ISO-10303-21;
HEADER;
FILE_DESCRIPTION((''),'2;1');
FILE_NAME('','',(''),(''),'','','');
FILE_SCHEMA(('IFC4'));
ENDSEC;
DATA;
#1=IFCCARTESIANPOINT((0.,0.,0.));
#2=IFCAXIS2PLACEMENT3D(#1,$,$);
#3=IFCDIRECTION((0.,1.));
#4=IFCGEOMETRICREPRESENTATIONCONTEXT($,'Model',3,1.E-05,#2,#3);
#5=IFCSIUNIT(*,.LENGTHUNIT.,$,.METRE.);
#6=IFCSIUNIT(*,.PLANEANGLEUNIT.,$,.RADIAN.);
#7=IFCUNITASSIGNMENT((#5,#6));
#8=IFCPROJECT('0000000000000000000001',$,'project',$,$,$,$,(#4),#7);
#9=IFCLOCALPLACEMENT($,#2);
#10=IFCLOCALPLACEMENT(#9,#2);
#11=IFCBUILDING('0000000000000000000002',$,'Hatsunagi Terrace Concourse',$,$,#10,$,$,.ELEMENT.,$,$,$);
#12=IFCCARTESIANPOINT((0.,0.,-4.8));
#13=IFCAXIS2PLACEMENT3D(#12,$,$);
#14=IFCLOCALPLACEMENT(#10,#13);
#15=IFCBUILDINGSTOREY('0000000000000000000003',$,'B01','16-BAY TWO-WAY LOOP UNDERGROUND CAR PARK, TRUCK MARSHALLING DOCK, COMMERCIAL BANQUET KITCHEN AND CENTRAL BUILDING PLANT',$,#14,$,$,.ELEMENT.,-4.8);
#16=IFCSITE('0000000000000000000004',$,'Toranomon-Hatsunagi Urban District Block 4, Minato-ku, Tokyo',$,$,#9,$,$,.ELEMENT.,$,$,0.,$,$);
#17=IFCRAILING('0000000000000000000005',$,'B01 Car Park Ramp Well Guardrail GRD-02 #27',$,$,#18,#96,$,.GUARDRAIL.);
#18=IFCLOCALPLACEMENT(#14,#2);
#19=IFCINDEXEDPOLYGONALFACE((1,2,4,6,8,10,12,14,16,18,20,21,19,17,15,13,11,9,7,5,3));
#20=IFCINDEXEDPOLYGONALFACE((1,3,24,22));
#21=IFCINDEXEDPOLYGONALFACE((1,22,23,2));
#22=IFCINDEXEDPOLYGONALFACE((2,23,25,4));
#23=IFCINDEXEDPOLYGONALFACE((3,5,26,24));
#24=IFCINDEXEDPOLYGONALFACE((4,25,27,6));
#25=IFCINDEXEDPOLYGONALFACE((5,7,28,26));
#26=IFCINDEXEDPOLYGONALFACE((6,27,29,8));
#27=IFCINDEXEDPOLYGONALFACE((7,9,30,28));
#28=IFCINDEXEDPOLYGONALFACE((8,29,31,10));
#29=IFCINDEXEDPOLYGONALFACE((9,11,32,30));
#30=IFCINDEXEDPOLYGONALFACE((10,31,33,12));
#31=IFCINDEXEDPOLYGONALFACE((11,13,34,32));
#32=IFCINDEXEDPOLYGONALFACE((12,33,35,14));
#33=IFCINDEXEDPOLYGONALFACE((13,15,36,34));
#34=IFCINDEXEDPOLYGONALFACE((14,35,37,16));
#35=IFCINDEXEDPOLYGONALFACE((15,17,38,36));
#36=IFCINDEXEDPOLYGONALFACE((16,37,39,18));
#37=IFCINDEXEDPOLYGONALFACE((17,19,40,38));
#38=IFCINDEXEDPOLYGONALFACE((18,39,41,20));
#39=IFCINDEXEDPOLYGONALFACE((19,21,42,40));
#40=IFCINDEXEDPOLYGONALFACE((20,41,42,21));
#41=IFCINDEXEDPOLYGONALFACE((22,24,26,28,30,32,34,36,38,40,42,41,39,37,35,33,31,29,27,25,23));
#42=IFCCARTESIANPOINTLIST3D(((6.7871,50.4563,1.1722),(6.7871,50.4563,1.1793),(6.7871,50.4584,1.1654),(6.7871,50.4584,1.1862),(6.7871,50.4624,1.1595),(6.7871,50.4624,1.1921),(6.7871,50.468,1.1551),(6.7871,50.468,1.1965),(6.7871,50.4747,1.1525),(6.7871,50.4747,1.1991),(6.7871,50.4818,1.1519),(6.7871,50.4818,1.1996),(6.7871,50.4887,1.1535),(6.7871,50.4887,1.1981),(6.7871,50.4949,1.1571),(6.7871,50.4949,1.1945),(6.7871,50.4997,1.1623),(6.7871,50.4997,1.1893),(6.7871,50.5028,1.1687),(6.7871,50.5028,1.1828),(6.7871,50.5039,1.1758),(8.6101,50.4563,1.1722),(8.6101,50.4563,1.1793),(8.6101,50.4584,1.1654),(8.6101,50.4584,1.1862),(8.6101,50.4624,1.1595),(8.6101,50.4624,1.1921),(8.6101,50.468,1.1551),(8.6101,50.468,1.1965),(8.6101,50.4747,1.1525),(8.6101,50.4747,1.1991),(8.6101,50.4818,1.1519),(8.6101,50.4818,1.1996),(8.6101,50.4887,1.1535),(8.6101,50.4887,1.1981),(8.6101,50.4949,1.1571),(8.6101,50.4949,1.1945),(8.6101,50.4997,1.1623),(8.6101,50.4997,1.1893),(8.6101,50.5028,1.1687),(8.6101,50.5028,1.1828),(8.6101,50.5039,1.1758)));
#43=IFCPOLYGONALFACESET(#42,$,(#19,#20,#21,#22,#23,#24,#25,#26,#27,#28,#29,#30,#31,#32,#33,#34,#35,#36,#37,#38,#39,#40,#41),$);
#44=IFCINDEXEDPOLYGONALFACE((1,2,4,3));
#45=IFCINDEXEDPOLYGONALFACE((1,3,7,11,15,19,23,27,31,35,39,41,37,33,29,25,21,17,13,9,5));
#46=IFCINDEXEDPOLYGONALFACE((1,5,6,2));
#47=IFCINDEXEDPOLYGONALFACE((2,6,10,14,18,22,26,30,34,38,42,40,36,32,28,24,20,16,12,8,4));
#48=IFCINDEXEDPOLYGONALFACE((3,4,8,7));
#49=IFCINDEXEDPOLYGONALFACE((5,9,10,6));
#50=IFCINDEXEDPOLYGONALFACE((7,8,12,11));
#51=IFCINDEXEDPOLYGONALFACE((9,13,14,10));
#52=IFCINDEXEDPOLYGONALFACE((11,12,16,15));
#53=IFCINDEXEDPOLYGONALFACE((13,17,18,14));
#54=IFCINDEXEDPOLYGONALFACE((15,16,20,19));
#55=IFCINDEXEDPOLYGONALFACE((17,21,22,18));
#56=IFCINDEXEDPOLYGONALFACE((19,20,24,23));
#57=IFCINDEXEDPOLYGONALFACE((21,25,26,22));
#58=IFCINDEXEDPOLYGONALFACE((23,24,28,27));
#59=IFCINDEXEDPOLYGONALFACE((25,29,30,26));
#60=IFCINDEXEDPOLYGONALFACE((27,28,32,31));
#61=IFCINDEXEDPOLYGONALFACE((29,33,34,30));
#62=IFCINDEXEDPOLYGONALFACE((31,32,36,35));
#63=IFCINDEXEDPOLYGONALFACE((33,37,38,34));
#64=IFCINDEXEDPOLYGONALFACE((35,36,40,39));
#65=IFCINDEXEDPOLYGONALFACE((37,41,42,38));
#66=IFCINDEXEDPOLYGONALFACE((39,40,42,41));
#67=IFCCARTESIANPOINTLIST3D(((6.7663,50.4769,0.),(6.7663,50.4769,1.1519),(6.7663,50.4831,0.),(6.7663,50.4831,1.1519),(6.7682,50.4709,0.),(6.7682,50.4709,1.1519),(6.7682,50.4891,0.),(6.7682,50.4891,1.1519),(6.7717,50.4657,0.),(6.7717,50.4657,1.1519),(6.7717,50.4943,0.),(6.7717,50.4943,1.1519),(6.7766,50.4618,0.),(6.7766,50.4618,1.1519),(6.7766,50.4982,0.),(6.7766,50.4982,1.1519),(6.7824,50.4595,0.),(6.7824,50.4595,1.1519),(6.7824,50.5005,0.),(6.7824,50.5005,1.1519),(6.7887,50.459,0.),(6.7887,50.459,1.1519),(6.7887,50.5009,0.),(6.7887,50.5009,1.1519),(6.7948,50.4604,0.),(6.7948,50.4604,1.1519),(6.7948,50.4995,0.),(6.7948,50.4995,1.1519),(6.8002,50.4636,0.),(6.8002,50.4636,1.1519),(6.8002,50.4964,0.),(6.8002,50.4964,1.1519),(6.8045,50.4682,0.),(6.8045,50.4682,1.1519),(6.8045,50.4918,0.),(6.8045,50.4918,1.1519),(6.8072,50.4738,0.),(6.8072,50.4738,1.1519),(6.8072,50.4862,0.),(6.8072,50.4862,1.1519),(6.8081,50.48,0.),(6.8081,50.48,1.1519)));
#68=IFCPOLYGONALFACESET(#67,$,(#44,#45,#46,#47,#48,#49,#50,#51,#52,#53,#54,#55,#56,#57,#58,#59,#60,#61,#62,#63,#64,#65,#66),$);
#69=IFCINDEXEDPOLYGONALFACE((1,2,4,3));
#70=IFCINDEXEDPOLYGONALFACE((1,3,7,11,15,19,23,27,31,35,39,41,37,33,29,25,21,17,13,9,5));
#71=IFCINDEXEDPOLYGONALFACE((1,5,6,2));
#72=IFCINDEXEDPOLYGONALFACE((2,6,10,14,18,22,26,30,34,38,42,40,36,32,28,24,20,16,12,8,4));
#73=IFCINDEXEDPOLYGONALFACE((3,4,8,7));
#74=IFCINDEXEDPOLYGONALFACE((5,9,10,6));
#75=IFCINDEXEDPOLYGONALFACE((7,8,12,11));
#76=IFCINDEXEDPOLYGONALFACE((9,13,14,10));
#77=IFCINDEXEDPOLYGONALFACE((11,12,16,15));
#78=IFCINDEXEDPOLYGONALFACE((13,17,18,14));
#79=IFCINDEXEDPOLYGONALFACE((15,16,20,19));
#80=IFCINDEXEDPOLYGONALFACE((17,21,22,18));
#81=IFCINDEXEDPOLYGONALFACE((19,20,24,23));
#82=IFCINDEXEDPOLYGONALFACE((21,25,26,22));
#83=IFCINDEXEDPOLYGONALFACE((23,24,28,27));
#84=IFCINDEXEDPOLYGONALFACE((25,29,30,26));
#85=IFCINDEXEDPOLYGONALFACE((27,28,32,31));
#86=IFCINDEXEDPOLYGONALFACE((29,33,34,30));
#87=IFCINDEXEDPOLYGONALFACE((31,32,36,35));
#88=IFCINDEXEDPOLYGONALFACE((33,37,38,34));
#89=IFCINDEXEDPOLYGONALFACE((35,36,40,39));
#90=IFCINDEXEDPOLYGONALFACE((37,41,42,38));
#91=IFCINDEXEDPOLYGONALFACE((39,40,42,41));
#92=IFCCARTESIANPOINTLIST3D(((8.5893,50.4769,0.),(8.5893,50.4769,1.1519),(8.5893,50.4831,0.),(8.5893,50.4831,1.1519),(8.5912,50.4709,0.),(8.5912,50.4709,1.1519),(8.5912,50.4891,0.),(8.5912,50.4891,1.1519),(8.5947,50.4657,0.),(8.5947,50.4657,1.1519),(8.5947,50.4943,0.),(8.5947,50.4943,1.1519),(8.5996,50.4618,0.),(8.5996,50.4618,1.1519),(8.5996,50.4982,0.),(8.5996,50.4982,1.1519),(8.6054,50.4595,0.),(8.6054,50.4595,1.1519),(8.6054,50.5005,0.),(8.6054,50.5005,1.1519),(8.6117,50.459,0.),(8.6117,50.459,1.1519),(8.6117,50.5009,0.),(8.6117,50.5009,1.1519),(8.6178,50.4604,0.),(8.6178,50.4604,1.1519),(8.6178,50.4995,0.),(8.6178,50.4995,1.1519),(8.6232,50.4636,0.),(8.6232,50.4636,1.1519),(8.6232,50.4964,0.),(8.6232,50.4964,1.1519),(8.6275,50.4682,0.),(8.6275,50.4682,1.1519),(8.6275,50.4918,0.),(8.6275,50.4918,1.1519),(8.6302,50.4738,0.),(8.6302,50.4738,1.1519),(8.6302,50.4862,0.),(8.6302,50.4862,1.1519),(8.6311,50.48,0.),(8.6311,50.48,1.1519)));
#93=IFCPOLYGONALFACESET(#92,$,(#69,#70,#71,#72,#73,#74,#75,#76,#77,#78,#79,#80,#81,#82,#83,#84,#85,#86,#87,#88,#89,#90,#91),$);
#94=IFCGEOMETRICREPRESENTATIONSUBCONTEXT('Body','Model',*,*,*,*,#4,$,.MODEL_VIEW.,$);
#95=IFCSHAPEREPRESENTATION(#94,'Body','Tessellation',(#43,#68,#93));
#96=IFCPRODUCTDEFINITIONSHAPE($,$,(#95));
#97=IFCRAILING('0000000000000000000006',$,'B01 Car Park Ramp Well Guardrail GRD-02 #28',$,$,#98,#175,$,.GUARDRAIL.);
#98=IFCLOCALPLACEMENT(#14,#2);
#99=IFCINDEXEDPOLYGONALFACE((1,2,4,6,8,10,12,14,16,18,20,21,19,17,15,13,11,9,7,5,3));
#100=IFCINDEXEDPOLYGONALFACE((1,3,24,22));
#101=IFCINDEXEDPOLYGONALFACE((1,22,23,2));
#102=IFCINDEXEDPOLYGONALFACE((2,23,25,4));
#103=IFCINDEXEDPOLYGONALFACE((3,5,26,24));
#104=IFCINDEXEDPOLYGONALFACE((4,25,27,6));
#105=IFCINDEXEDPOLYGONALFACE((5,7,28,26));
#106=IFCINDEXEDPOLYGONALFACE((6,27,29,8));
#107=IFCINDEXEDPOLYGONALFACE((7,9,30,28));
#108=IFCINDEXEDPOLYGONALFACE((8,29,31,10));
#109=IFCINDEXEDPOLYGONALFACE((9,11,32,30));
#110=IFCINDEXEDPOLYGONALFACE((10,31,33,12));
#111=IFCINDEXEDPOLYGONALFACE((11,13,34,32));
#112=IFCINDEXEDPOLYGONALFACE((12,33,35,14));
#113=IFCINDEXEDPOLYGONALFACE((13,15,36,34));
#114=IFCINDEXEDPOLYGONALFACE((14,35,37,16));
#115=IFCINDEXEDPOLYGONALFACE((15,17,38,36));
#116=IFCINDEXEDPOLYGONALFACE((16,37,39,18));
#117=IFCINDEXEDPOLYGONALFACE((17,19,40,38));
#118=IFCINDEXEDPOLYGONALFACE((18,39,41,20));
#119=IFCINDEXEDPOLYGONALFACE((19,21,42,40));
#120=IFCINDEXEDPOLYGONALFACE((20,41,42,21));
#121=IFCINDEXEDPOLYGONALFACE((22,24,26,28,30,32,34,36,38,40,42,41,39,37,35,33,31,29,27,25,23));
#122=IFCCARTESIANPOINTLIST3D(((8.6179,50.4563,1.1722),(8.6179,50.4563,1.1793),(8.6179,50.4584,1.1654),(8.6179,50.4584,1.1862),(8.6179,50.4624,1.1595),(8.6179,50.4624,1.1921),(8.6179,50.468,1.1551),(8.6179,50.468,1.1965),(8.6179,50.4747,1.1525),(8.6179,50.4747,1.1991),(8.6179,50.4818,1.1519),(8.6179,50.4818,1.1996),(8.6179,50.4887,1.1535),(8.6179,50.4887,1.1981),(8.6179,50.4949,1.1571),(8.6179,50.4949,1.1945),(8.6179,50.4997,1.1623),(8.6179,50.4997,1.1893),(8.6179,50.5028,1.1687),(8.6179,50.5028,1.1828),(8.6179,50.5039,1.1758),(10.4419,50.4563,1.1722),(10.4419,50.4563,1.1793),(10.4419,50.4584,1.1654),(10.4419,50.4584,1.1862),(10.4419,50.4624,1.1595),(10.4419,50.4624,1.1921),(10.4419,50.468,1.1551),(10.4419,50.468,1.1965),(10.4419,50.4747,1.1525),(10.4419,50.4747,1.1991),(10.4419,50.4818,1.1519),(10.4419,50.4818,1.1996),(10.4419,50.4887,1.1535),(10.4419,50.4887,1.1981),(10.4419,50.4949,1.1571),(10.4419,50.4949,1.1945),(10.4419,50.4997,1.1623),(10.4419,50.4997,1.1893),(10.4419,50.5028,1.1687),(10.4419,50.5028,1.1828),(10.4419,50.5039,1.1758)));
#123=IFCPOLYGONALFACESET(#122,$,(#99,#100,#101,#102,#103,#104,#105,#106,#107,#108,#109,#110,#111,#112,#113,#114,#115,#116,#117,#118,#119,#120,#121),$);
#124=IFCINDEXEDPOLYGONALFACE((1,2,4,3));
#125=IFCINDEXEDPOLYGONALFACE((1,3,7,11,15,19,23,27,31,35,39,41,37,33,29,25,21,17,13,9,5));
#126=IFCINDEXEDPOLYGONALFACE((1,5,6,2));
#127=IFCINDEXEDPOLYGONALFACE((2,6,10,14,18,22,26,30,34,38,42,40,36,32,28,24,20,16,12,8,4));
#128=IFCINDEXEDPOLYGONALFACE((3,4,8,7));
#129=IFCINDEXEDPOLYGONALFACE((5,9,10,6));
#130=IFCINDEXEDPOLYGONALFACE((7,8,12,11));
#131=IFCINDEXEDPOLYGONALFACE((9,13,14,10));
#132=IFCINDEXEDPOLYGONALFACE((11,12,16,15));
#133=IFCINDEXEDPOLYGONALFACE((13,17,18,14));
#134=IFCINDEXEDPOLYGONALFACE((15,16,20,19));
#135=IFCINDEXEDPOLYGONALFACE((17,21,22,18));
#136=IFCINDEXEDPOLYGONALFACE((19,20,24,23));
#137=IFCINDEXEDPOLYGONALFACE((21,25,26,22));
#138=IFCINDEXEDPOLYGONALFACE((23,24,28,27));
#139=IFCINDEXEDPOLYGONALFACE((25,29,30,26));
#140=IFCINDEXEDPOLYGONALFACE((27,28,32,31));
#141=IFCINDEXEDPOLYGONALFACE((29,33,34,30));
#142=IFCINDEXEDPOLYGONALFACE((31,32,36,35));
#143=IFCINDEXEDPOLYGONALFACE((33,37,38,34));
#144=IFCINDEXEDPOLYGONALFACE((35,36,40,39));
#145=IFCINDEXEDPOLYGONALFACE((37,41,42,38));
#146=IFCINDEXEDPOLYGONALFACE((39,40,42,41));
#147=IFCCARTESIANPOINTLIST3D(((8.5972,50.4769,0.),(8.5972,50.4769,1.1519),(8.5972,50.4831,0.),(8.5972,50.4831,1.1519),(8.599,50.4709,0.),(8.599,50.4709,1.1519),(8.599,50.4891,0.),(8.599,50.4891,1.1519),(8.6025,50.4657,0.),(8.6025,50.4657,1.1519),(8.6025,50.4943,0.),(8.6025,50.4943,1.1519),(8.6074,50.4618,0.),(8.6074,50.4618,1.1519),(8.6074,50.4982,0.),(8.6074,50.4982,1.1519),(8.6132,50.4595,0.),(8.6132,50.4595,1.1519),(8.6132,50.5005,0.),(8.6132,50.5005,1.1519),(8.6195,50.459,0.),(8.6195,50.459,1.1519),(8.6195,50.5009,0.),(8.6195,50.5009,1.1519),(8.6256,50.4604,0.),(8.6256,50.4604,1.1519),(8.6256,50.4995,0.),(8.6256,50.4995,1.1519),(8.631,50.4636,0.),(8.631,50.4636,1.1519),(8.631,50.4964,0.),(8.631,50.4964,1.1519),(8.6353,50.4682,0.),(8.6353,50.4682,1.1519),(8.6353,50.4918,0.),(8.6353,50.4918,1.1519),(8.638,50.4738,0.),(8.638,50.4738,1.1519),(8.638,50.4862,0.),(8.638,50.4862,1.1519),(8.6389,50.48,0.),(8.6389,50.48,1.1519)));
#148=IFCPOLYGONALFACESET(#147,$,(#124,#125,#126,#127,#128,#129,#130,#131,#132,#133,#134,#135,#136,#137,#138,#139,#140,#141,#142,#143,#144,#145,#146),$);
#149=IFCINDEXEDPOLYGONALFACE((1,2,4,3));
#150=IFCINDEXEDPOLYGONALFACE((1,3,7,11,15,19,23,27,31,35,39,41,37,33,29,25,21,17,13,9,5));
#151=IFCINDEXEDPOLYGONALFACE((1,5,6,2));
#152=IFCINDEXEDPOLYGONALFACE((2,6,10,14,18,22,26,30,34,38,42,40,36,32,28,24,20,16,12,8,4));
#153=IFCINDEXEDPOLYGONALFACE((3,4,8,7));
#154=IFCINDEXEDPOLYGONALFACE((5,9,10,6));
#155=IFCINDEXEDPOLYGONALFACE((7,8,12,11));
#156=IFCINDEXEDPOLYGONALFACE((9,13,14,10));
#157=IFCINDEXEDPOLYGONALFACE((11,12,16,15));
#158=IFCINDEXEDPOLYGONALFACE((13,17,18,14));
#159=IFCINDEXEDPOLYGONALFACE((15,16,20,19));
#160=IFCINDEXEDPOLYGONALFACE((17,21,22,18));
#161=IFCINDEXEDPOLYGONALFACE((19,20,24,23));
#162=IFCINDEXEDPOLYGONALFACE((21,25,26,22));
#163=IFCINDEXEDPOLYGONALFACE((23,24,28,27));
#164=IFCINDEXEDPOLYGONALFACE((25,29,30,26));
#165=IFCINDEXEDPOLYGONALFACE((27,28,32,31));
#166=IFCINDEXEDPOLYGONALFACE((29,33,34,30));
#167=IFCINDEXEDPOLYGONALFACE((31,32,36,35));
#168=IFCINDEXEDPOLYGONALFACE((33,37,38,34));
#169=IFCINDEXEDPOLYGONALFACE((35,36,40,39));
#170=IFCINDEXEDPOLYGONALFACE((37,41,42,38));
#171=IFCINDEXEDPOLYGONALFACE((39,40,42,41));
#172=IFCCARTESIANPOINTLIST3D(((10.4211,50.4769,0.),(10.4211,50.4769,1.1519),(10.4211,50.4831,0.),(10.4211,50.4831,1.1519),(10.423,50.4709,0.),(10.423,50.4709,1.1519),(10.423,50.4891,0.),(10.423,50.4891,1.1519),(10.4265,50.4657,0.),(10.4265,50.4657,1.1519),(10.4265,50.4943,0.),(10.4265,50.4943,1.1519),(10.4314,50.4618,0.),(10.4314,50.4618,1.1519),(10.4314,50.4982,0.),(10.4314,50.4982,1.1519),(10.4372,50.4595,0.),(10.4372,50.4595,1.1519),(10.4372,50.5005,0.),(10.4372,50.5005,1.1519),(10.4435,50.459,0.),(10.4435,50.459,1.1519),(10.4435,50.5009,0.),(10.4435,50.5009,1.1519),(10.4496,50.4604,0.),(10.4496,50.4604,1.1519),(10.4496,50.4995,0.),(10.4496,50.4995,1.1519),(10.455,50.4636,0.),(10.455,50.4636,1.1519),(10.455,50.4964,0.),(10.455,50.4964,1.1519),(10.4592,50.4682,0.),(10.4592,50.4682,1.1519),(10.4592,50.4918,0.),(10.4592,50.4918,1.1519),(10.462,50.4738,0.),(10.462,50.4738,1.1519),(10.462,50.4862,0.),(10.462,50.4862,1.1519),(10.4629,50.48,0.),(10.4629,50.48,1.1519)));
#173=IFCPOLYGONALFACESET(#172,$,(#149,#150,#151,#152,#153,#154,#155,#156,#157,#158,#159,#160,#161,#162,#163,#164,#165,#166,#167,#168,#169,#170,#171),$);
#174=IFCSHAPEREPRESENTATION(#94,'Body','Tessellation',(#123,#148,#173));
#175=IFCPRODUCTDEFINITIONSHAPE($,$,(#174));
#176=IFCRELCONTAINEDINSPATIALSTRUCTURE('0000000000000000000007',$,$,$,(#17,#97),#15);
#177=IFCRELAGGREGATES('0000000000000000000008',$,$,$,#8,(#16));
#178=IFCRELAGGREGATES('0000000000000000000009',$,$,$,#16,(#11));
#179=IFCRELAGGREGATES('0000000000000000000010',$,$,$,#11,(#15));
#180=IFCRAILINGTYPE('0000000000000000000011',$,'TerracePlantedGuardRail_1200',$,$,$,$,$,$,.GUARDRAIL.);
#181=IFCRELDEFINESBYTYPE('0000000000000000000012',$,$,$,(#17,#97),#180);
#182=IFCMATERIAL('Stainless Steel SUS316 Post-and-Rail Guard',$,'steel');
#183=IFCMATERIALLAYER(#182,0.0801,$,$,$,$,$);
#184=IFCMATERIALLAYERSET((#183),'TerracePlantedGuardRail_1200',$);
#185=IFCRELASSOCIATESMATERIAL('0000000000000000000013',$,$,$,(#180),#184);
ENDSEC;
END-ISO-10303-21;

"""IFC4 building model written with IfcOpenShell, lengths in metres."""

from ifc_helpers import new_model, si_unit, direction, frame, origin, origin_2d, place, context, subcontext, project, spatial, circle, extrude, material, layer, layer_set, type_object, element, save


model = new_model("IFC4")

# Units and contexts
model_context = context("Model", 3, precision=1e-05, world=origin(), true_north=direction((0.0, 1.0)))
body_context = subcontext(model_context, "Body", "Model", "MODEL_VIEW")
ifc_project = project(units=[si_unit("LENGTHUNIT", "METRE"), si_unit("PLANEANGLEUNIT", "RADIAN")], contexts=[model_context])

# Site, building, storey
site_placement = place(None, origin())
site = spatial("IfcSite", under=ifc_project, at=site_placement, Name="Toranomon-Hatsunagi Urban District Block 4, Minato-ku, Tokyo", CompositionType="ELEMENT", RefElevation=0.0)
building_placement = place(site_placement, origin())
building = spatial("IfcBuilding", under=site, at=building_placement, Name="Hatsunagi Terrace Concourse", CompositionType="ELEMENT")
storey_placement = place(building_placement, frame((0.0, 0.0, -4.8)))
storey = spatial("IfcBuildingStorey", under=building, at=storey_placement, Name="B01", Description="16-BAY TWO-WAY LOOP UNDERGROUND CAR PARK, TRUCK MARSHALLING DOCK, COMMERCIAL BANQUET KITCHEN AND CENTRAL BUILDING PLANT", CompositionType="ELEMENT", Elevation=-4.8)

# Railings
ifc_material_1 = material(Name="Stainless Steel SUS316 Post-and-Rail Guard", Category="steel")
ifc_layer_1 = layer(ifc_material_1, 0.0801)
ifc_layer_set_1 = layer_set([ifc_layer_1], Name="TerracePlantedGuardRail_1200")
railing_type = type_object("IfcRailingType", Name="TerracePlantedGuardRail_1200", PredefinedType="GUARDRAIL", material=ifc_layer_set_1)
railing_1_placement = place(storey_placement, frame((6.7871, 50.48, 0.0)))
element("IfcRailing", 1, at=railing_1_placement, inside=storey, type_object=railing_type, Name="B01 Car Park Ramp Well Guardrail GRD-02 #27", PredefinedType="GUARDRAIL", context=body_context, shape_type="SweptSolid", body=[
    extrude(circle(Radius=0.0239, at=origin_2d()), frame((0.0, 0.0, 1.1758), z_axis=(1.0, 0.0, 0.0), x_axis=(0.0, 1.0, 0.0)), (0.0, 0.0, 1.0), 1.823),
    extrude(circle(Radius=0.021, at=origin_2d()), origin(), (0.0, 0.0, 1.0), 1.1519),
    extrude(circle(Radius=0.021, at=origin_2d()), frame((1.823, 0.0, 0.0)), (0.0, 0.0, 1.0), 1.1519),
])
railing_2_placement = place(storey_placement, frame((8.6179, 50.48, 0.0)))
element("IfcRailing", 2, at=railing_2_placement, inside=storey, type_object=railing_type, Name="B01 Car Park Ramp Well Guardrail GRD-02 #28", PredefinedType="GUARDRAIL", context=body_context, shape_type="SweptSolid", body=[
    extrude(circle(Radius=0.0239, at=origin_2d()), frame((0.0, 0.0, 1.1758), z_axis=(1.0, 0.0, 0.0), x_axis=(0.0, 1.0, 0.0)), (0.0, 0.0, 1.0), 1.824),
    extrude(circle(Radius=0.021, at=origin_2d()), origin(), (0.0, 0.0, 1.0), 1.1519),
    extrude(circle(Radius=0.021, at=origin_2d()), frame((1.824, 0.0, 0.0)), (0.0, 0.0, 1.0), 1.1519),
])

save(model, "model.ifc")
